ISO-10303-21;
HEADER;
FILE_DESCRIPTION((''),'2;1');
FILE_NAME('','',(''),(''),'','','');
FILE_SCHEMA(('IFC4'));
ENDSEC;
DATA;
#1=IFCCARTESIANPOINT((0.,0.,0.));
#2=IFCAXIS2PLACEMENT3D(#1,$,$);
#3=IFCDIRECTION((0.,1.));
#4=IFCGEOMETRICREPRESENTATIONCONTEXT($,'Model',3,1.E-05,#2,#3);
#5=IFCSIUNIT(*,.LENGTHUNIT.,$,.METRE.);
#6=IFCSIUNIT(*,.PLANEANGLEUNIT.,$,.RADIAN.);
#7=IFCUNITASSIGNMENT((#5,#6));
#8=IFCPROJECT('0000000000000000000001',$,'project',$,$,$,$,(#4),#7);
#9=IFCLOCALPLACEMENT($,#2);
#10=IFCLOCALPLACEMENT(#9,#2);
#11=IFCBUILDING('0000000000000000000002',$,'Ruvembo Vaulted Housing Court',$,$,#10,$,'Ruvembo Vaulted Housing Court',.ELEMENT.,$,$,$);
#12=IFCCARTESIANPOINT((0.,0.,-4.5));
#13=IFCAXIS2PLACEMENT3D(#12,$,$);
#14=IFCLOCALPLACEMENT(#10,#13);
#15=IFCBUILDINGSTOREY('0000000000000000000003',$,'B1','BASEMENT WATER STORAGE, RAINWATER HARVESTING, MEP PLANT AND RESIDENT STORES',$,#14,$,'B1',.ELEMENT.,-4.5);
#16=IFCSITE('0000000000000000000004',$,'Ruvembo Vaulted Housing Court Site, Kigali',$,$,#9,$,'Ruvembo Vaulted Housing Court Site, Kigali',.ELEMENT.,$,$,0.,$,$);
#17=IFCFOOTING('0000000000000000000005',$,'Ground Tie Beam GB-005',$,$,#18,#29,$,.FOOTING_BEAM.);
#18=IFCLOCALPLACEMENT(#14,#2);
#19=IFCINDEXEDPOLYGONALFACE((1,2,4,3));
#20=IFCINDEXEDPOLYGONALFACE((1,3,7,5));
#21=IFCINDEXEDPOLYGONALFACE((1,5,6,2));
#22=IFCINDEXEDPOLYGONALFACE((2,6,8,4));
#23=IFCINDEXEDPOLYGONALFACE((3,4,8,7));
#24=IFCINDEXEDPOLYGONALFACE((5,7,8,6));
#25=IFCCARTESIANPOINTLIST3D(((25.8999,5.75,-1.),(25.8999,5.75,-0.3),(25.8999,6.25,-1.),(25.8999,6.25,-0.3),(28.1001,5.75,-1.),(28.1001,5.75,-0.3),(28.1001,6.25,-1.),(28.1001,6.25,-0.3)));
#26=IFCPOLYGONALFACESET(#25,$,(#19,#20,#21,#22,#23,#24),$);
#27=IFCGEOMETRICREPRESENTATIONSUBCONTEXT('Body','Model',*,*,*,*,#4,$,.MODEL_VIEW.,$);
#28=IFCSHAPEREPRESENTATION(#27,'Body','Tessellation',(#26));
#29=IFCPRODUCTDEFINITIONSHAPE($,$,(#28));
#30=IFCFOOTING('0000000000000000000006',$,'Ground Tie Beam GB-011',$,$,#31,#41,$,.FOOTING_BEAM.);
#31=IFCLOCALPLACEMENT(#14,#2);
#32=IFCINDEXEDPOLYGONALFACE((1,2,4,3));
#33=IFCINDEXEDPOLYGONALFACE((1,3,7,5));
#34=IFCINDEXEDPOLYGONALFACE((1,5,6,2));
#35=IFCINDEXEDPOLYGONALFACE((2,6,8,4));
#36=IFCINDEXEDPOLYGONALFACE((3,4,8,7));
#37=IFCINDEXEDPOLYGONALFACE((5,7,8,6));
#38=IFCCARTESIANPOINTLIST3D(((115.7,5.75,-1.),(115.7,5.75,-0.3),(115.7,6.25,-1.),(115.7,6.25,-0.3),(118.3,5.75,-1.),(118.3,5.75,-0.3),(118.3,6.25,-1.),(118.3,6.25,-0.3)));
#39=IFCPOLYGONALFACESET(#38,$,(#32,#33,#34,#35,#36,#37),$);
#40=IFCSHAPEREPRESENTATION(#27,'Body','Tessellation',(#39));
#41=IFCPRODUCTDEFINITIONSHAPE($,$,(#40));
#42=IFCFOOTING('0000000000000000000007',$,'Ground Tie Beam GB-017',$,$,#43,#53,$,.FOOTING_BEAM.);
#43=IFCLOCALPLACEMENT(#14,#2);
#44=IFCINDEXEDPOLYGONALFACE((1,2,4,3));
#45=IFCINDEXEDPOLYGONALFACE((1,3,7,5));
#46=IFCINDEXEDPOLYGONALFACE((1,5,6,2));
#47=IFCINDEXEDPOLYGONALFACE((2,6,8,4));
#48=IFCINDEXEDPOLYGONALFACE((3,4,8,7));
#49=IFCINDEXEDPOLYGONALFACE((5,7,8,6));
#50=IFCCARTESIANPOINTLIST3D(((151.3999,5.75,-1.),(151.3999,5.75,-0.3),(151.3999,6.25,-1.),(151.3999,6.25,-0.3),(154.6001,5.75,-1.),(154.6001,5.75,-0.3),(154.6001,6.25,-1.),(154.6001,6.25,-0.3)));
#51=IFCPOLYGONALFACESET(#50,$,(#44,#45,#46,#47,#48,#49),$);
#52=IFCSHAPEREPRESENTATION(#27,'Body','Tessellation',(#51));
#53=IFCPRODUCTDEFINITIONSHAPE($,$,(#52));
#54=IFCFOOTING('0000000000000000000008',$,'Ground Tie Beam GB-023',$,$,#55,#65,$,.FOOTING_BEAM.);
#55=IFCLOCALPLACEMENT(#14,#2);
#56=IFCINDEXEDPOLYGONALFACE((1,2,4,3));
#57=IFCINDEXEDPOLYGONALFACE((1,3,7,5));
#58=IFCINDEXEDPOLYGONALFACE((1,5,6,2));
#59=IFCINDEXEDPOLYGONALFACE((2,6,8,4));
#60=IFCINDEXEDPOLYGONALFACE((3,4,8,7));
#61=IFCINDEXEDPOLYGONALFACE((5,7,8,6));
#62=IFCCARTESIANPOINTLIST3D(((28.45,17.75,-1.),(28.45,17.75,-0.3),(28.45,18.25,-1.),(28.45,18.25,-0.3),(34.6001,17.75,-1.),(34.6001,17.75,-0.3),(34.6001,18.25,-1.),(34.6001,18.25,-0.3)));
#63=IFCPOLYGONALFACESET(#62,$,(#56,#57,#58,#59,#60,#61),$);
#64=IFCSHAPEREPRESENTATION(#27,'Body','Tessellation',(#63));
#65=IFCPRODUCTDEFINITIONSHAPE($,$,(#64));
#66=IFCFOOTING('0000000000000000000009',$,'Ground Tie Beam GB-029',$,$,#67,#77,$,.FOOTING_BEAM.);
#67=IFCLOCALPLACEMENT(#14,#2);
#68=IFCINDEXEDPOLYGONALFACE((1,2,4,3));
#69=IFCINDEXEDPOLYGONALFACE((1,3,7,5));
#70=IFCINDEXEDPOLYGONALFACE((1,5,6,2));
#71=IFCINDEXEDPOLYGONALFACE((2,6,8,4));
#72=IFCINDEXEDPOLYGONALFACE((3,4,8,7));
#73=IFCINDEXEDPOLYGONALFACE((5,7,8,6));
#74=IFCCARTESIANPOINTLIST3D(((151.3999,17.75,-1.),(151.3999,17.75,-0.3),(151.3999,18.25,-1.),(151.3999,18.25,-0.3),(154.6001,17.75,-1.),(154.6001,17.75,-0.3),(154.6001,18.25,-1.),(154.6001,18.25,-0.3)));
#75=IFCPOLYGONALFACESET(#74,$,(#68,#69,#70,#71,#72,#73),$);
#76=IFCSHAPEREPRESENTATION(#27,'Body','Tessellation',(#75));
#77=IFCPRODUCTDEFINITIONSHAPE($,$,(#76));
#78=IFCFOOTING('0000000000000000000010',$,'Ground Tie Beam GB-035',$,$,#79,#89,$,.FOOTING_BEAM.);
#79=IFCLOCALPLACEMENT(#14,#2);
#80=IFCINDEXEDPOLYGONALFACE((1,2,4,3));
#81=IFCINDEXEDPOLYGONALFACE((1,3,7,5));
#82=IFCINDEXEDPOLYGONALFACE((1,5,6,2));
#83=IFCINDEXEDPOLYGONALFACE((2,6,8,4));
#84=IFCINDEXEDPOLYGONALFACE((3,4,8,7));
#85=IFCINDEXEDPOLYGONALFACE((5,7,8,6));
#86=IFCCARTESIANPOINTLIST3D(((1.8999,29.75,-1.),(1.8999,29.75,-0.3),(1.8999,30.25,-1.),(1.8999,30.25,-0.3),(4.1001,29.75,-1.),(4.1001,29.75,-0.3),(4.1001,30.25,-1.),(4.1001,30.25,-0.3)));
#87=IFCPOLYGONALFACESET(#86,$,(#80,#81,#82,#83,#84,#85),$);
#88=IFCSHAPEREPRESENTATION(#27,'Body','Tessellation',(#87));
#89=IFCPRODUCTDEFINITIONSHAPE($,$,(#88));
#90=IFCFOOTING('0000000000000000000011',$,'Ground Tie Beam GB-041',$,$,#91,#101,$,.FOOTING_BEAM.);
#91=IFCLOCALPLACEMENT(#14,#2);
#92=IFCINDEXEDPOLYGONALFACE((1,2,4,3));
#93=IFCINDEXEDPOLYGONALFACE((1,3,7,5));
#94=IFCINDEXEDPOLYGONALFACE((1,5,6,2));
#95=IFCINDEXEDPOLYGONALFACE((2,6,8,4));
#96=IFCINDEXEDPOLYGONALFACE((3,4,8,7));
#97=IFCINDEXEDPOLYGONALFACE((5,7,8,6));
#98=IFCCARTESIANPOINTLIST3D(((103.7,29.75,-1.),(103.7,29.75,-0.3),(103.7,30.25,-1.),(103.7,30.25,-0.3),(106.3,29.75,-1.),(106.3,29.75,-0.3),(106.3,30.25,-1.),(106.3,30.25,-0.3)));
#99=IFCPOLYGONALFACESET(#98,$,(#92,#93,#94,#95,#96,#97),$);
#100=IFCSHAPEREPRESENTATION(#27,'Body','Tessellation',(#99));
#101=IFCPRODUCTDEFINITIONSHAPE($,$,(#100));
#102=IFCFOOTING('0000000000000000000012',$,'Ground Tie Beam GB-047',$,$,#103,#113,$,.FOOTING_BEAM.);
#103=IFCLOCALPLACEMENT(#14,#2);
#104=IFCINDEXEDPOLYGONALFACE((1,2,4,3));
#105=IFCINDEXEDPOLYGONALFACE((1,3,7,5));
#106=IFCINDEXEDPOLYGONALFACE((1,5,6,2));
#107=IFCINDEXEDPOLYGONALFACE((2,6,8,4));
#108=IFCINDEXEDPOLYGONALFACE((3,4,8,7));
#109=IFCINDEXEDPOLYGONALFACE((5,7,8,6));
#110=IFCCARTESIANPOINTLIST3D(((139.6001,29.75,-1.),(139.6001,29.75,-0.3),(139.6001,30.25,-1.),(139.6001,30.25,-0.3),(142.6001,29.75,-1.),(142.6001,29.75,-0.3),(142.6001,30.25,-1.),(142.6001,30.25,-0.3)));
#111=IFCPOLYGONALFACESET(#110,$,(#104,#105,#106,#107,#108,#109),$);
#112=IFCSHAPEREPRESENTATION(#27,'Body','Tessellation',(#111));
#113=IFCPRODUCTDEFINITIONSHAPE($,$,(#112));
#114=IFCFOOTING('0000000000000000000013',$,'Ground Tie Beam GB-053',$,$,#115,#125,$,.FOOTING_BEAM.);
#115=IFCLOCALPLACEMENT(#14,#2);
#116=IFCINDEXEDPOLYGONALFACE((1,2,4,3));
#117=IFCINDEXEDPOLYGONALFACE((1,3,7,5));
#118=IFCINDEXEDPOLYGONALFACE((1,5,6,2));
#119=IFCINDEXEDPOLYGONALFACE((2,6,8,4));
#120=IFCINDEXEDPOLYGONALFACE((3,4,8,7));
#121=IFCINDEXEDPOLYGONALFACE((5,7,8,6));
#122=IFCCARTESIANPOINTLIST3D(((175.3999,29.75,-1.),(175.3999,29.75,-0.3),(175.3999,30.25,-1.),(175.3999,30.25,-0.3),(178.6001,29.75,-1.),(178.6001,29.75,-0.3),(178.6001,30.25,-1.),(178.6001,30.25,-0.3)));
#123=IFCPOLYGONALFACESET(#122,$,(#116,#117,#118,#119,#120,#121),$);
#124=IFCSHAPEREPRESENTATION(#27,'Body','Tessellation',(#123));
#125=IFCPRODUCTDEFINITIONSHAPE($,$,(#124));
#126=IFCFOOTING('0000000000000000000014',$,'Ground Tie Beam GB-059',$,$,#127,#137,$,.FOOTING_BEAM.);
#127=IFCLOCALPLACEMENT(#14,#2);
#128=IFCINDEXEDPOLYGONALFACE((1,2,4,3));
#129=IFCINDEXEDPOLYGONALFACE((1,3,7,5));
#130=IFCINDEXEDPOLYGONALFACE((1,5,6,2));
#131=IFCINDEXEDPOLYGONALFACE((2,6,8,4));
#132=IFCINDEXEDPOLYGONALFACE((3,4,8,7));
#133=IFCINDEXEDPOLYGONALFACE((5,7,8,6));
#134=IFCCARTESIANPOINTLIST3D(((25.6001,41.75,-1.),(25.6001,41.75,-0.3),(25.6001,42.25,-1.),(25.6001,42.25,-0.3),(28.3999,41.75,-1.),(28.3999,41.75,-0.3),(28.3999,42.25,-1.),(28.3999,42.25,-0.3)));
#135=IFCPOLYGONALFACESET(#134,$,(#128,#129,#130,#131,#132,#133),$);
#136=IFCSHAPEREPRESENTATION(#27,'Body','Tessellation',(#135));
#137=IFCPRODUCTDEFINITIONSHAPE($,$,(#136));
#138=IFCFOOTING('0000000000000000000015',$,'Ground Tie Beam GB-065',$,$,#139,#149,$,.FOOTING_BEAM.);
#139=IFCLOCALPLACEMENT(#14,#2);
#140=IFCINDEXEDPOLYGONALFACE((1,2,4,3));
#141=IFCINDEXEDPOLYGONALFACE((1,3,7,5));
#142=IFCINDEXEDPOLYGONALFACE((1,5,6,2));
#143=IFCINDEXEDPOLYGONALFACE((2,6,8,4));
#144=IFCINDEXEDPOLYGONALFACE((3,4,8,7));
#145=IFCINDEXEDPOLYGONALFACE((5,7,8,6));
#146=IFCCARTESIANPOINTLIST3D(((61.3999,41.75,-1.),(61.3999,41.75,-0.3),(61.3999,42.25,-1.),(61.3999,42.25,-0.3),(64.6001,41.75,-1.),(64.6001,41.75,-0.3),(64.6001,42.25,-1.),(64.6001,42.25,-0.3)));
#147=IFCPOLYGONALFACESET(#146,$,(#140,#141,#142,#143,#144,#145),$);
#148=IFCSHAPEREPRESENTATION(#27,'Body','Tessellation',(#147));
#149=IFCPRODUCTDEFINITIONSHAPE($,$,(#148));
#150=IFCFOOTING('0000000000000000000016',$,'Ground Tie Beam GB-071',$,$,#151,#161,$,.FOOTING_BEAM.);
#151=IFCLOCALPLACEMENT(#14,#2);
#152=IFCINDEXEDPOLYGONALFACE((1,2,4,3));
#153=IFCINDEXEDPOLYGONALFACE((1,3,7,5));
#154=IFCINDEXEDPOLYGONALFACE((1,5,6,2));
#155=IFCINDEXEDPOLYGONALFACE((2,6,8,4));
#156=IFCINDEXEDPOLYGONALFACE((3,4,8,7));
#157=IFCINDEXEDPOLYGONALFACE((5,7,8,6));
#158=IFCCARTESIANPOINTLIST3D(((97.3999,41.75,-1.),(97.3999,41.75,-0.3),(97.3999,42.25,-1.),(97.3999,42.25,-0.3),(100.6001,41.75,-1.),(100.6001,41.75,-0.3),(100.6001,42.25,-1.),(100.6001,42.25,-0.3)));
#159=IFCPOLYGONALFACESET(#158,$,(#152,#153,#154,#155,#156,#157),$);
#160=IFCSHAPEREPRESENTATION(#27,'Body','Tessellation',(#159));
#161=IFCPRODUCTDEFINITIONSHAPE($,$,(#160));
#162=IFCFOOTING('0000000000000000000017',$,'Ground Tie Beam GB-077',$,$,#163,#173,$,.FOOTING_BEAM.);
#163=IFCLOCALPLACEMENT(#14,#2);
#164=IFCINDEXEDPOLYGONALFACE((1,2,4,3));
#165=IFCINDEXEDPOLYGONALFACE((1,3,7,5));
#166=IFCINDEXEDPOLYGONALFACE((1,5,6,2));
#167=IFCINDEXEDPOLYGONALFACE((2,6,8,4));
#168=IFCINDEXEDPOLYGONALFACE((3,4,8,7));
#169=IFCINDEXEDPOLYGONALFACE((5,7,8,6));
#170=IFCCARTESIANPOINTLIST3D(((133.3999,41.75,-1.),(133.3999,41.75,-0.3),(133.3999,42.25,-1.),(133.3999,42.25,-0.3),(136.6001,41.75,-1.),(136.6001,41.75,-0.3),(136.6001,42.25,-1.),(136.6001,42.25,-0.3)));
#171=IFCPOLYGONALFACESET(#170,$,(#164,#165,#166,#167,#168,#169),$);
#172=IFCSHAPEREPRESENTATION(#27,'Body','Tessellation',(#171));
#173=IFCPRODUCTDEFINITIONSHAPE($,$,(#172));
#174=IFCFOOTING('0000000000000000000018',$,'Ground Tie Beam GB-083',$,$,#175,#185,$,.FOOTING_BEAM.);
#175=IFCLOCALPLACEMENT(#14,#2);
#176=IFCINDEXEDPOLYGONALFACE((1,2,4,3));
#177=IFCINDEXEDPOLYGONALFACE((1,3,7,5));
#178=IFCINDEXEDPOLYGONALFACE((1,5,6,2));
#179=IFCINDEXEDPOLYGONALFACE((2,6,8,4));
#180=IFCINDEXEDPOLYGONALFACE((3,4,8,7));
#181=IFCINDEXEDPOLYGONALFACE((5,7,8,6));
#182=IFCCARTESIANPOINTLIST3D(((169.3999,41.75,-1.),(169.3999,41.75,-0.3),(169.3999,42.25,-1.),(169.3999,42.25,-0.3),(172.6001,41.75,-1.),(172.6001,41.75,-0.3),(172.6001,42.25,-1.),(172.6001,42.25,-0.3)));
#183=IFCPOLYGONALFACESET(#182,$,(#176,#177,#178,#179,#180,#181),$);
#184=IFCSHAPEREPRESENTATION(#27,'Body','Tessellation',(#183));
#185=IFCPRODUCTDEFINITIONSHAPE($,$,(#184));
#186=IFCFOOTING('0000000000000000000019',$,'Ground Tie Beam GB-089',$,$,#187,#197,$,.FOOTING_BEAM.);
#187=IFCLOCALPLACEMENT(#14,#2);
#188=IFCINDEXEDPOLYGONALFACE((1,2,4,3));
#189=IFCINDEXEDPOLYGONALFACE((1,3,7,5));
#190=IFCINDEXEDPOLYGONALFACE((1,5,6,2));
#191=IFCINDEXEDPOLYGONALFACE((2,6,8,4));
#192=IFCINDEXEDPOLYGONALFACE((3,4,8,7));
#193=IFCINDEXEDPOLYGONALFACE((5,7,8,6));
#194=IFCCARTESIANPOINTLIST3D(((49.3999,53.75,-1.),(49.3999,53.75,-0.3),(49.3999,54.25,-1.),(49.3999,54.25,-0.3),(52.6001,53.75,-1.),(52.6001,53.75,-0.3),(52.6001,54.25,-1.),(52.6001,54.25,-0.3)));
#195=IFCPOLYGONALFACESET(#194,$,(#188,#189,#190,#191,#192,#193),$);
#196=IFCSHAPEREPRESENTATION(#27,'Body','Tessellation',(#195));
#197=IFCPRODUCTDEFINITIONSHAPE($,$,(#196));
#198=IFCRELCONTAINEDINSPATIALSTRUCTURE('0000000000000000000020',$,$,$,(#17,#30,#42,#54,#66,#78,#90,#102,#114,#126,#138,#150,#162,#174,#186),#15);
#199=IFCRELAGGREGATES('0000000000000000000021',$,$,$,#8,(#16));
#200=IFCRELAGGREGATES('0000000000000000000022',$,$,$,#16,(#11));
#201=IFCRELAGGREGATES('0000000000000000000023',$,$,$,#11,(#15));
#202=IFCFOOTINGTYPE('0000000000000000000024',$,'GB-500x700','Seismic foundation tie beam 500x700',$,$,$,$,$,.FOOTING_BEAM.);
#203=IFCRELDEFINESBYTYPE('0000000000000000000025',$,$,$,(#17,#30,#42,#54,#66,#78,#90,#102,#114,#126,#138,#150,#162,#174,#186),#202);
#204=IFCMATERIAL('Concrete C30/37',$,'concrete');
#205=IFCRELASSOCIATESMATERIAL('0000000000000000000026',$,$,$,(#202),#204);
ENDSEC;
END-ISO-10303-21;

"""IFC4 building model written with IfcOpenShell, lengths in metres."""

from ifc_helpers import new_model, si_unit, direction, frame, origin, place, context, subcontext, project, spatial, polyline, outline, extrude, material, type_object, element, save


model = new_model("IFC4")

# Units and contexts
model_context = context("Model", 3, precision=1e-05, world=origin(), true_north=direction((0.0, 1.0)))
body_context = subcontext(model_context, "Body", "Model", "MODEL_VIEW")
ifc_project = project(units=[si_unit("LENGTHUNIT", "METRE"), si_unit("PLANEANGLEUNIT", "RADIAN")], contexts=[model_context])

# Site, building, storey
site_placement = place(None, origin())
site = spatial("IfcSite", under=ifc_project, at=site_placement, Name="Ruvembo Vaulted Housing Court Site, Kigali", LongName="Ruvembo Vaulted Housing Court Site, Kigali", CompositionType="ELEMENT", RefElevation=0.0)
building_placement = place(site_placement, origin())
building = spatial("IfcBuilding", under=site, at=building_placement, Name="Ruvembo Vaulted Housing Court", LongName="Ruvembo Vaulted Housing Court", CompositionType="ELEMENT")
storey_placement = place(building_placement, frame((0.0, 0.0, -4.5)))
storey = spatial("IfcBuildingStorey", under=building, at=storey_placement, Name="B1", Description="BASEMENT WATER STORAGE, RAINWATER HARVESTING, MEP PLANT AND RESIDENT STORES", LongName="B1", CompositionType="ELEMENT", Elevation=-4.5)

# Footings
ifc_material = material(Name="Concrete C30/37", Category="concrete")
footing_type = type_object("IfcFootingType", Name="GB-500x700", Description="Seismic foundation tie beam 500x700", PredefinedType="FOOTING_BEAM", material=ifc_material)
footing_1_placement = place(storey_placement, frame((0.0, 0.0, -1.0)))
element("IfcFooting", 1, at=footing_1_placement, inside=storey, type_object=footing_type, Name="Ground Tie Beam GB-005", PredefinedType="FOOTING_BEAM", context=body_context, shape_type="SweptSolid", body=[
    extrude(outline(polyline([(25.8999, 5.75), (28.1001, 5.75), (28.1001, 6.25), (25.8999, 6.25), (25.8999, 5.75)])), origin(), (0.0, 0.0, 1.0), 0.7),
])
footing_2_placement = place(storey_placement, frame((0.0, 0.0, -1.0)))
element("IfcFooting", 2, at=footing_2_placement, inside=storey, type_object=footing_type, Name="Ground Tie Beam GB-011", PredefinedType="FOOTING_BEAM", context=body_context, shape_type="SweptSolid", body=[
    extrude(outline(polyline([(115.7, 5.75), (118.3, 5.75), (118.3, 6.25), (115.7, 6.25), (115.7, 5.75)])), origin(), (0.0, 0.0, 1.0), 0.7),
])
footing_3_placement = place(storey_placement, frame((0.0, 0.0, -1.0)))
element("IfcFooting", 3, at=footing_3_placement, inside=storey, type_object=footing_type, Name="Ground Tie Beam GB-017", PredefinedType="FOOTING_BEAM", context=body_context, shape_type="SweptSolid", body=[
    extrude(outline(polyline([(151.3999, 5.75), (154.6001, 5.75), (154.6001, 6.25), (151.3999, 6.25), (151.3999, 5.75)])), origin(), (0.0, 0.0, 1.0), 0.7),
])
footing_4_placement = place(storey_placement, frame((0.0, 0.0, -1.0)))
element("IfcFooting", 4, at=footing_4_placement, inside=storey, type_object=footing_type, Name="Ground Tie Beam GB-023", PredefinedType="FOOTING_BEAM", context=body_context, shape_type="SweptSolid", body=[
    extrude(outline(polyline([(28.45, 17.75), (34.6001, 17.75), (34.6001, 18.25), (28.45, 18.25), (28.45, 17.75)])), origin(), (0.0, 0.0, 1.0), 0.7),
])
footing_5_placement = place(storey_placement, frame((0.0, 0.0, -1.0)))
element("IfcFooting", 5, at=footing_5_placement, inside=storey, type_object=footing_type, Name="Ground Tie Beam GB-029", PredefinedType="FOOTING_BEAM", context=body_context, shape_type="SweptSolid", body=[
    extrude(outline(polyline([(151.3999, 17.75), (154.6001, 17.75), (154.6001, 18.25), (151.3999, 18.25), (151.3999, 17.75)])), origin(), (0.0, 0.0, 1.0), 0.7),
])
footing_6_placement = place(storey_placement, frame((0.0, 0.0, -1.0)))
element("IfcFooting", 6, at=footing_6_placement, inside=storey, type_object=footing_type, Name="Ground Tie Beam GB-035", PredefinedType="FOOTING_BEAM", context=body_context, shape_type="SweptSolid", body=[
    extrude(outline(polyline([(1.8999, 29.75), (4.1001, 29.75), (4.1001, 30.25), (1.8999, 30.25), (1.8999, 29.75)])), origin(), (0.0, 0.0, 1.0), 0.7),
])
footing_7_placement = place(storey_placement, frame((0.0, 0.0, -1.0)))
element("IfcFooting", 7, at=footing_7_placement, inside=storey, type_object=footing_type, Name="Ground Tie Beam GB-041", PredefinedType="FOOTING_BEAM", context=body_context, shape_type="SweptSolid", body=[
    extrude(outline(polyline([(103.7, 29.75), (106.3, 29.75), (106.3, 30.25), (103.7, 30.25), (103.7, 29.75)])), origin(), (0.0, 0.0, 1.0), 0.7),
])
footing_8_placement = place(storey_placement, frame((0.0, 0.0, -1.0)))
element("IfcFooting", 8, at=footing_8_placement, inside=storey, type_object=footing_type, Name="Ground Tie Beam GB-047", PredefinedType="FOOTING_BEAM", context=body_context, shape_type="SweptSolid", body=[
    extrude(outline(polyline([(139.6001, 29.75), (142.6001, 29.75), (142.6001, 30.25), (139.6001, 30.25), (139.6001, 29.75)])), origin(), (0.0, 0.0, 1.0), 0.7),
])
footing_9_placement = place(storey_placement, frame((0.0, 0.0, -1.0)))
element("IfcFooting", 9, at=footing_9_placement, inside=storey, type_object=footing_type, Name="Ground Tie Beam GB-053", PredefinedType="FOOTING_BEAM", context=body_context, shape_type="SweptSolid", body=[
    extrude(outline(polyline([(175.3999, 29.75), (178.6001, 29.75), (178.6001, 30.25), (175.3999, 30.25), (175.3999, 29.75)])), origin(), (0.0, 0.0, 1.0), 0.7),
])
footing_10_placement = place(storey_placement, frame((0.0, 0.0, -1.0)))
element("IfcFooting", 10, at=footing_10_placement, inside=storey, type_object=footing_type, Name="Ground Tie Beam GB-059", PredefinedType="FOOTING_BEAM", context=body_context, shape_type="SweptSolid", body=[
    extrude(outline(polyline([(25.6001, 41.75), (28.3999, 41.75), (28.3999, 42.25), (25.6001, 42.25), (25.6001, 41.75)])), origin(), (0.0, 0.0, 1.0), 0.7),
])
footing_11_placement = place(storey_placement, frame((0.0, 0.0, -1.0)))
element("IfcFooting", 11, at=footing_11_placement, inside=storey, type_object=footing_type, Name="Ground Tie Beam GB-065", PredefinedType="FOOTING_BEAM", context=body_context, shape_type="SweptSolid", body=[
    extrude(outline(polyline([(61.3999, 41.75), (64.6001, 41.75), (64.6001, 42.25), (61.3999, 42.25), (61.3999, 41.75)])), origin(), (0.0, 0.0, 1.0), 0.7),
])
footing_12_placement = place(storey_placement, frame((0.0, 0.0, -1.0)))
element("IfcFooting", 12, at=footing_12_placement, inside=storey, type_object=footing_type, Name="Ground Tie Beam GB-071", PredefinedType="FOOTING_BEAM", context=body_context, shape_type="SweptSolid", body=[
    extrude(outline(polyline([(97.3999, 41.75), (100.6001, 41.75), (100.6001, 42.25), (97.3999, 42.25), (97.3999, 41.75)])), origin(), (0.0, 0.0, 1.0), 0.7),
])
footing_13_placement = place(storey_placement, frame((0.0, 0.0, -1.0)))
element("IfcFooting", 13, at=footing_13_placement, inside=storey, type_object=footing_type, Name="Ground Tie Beam GB-077", PredefinedType="FOOTING_BEAM", context=body_context, shape_type="SweptSolid", body=[
    extrude(outline(polyline([(133.3999, 41.75), (136.6001, 41.75), (136.6001, 42.25), (133.3999, 42.25), (133.3999, 41.75)])), origin(), (0.0, 0.0, 1.0), 0.7),
])
footing_14_placement = place(storey_placement, frame((0.0, 0.0, -1.0)))
element("IfcFooting", 14, at=footing_14_placement, inside=storey, type_object=footing_type, Name="Ground Tie Beam GB-083", PredefinedType="FOOTING_BEAM", context=body_context, shape_type="SweptSolid", body=[
    extrude(outline(polyline([(169.3999, 41.75), (172.6001, 41.75), (172.6001, 42.25), (169.3999, 42.25), (169.3999, 41.75)])), origin(), (0.0, 0.0, 1.0), 0.7),
])
footing_15_placement = place(storey_placement, frame((0.0, 0.0, -1.0)))
element("IfcFooting", 15, at=footing_15_placement, inside=storey, type_object=footing_type, Name="Ground Tie Beam GB-089", PredefinedType="FOOTING_BEAM", context=body_context, shape_type="SweptSolid", body=[
    extrude(outline(polyline([(49.3999, 53.75), (52.6001, 53.75), (52.6001, 54.25), (49.3999, 54.25), (49.3999, 53.75)])), origin(), (0.0, 0.0, 1.0), 0.7),
])

save(model, "model.ifc")
